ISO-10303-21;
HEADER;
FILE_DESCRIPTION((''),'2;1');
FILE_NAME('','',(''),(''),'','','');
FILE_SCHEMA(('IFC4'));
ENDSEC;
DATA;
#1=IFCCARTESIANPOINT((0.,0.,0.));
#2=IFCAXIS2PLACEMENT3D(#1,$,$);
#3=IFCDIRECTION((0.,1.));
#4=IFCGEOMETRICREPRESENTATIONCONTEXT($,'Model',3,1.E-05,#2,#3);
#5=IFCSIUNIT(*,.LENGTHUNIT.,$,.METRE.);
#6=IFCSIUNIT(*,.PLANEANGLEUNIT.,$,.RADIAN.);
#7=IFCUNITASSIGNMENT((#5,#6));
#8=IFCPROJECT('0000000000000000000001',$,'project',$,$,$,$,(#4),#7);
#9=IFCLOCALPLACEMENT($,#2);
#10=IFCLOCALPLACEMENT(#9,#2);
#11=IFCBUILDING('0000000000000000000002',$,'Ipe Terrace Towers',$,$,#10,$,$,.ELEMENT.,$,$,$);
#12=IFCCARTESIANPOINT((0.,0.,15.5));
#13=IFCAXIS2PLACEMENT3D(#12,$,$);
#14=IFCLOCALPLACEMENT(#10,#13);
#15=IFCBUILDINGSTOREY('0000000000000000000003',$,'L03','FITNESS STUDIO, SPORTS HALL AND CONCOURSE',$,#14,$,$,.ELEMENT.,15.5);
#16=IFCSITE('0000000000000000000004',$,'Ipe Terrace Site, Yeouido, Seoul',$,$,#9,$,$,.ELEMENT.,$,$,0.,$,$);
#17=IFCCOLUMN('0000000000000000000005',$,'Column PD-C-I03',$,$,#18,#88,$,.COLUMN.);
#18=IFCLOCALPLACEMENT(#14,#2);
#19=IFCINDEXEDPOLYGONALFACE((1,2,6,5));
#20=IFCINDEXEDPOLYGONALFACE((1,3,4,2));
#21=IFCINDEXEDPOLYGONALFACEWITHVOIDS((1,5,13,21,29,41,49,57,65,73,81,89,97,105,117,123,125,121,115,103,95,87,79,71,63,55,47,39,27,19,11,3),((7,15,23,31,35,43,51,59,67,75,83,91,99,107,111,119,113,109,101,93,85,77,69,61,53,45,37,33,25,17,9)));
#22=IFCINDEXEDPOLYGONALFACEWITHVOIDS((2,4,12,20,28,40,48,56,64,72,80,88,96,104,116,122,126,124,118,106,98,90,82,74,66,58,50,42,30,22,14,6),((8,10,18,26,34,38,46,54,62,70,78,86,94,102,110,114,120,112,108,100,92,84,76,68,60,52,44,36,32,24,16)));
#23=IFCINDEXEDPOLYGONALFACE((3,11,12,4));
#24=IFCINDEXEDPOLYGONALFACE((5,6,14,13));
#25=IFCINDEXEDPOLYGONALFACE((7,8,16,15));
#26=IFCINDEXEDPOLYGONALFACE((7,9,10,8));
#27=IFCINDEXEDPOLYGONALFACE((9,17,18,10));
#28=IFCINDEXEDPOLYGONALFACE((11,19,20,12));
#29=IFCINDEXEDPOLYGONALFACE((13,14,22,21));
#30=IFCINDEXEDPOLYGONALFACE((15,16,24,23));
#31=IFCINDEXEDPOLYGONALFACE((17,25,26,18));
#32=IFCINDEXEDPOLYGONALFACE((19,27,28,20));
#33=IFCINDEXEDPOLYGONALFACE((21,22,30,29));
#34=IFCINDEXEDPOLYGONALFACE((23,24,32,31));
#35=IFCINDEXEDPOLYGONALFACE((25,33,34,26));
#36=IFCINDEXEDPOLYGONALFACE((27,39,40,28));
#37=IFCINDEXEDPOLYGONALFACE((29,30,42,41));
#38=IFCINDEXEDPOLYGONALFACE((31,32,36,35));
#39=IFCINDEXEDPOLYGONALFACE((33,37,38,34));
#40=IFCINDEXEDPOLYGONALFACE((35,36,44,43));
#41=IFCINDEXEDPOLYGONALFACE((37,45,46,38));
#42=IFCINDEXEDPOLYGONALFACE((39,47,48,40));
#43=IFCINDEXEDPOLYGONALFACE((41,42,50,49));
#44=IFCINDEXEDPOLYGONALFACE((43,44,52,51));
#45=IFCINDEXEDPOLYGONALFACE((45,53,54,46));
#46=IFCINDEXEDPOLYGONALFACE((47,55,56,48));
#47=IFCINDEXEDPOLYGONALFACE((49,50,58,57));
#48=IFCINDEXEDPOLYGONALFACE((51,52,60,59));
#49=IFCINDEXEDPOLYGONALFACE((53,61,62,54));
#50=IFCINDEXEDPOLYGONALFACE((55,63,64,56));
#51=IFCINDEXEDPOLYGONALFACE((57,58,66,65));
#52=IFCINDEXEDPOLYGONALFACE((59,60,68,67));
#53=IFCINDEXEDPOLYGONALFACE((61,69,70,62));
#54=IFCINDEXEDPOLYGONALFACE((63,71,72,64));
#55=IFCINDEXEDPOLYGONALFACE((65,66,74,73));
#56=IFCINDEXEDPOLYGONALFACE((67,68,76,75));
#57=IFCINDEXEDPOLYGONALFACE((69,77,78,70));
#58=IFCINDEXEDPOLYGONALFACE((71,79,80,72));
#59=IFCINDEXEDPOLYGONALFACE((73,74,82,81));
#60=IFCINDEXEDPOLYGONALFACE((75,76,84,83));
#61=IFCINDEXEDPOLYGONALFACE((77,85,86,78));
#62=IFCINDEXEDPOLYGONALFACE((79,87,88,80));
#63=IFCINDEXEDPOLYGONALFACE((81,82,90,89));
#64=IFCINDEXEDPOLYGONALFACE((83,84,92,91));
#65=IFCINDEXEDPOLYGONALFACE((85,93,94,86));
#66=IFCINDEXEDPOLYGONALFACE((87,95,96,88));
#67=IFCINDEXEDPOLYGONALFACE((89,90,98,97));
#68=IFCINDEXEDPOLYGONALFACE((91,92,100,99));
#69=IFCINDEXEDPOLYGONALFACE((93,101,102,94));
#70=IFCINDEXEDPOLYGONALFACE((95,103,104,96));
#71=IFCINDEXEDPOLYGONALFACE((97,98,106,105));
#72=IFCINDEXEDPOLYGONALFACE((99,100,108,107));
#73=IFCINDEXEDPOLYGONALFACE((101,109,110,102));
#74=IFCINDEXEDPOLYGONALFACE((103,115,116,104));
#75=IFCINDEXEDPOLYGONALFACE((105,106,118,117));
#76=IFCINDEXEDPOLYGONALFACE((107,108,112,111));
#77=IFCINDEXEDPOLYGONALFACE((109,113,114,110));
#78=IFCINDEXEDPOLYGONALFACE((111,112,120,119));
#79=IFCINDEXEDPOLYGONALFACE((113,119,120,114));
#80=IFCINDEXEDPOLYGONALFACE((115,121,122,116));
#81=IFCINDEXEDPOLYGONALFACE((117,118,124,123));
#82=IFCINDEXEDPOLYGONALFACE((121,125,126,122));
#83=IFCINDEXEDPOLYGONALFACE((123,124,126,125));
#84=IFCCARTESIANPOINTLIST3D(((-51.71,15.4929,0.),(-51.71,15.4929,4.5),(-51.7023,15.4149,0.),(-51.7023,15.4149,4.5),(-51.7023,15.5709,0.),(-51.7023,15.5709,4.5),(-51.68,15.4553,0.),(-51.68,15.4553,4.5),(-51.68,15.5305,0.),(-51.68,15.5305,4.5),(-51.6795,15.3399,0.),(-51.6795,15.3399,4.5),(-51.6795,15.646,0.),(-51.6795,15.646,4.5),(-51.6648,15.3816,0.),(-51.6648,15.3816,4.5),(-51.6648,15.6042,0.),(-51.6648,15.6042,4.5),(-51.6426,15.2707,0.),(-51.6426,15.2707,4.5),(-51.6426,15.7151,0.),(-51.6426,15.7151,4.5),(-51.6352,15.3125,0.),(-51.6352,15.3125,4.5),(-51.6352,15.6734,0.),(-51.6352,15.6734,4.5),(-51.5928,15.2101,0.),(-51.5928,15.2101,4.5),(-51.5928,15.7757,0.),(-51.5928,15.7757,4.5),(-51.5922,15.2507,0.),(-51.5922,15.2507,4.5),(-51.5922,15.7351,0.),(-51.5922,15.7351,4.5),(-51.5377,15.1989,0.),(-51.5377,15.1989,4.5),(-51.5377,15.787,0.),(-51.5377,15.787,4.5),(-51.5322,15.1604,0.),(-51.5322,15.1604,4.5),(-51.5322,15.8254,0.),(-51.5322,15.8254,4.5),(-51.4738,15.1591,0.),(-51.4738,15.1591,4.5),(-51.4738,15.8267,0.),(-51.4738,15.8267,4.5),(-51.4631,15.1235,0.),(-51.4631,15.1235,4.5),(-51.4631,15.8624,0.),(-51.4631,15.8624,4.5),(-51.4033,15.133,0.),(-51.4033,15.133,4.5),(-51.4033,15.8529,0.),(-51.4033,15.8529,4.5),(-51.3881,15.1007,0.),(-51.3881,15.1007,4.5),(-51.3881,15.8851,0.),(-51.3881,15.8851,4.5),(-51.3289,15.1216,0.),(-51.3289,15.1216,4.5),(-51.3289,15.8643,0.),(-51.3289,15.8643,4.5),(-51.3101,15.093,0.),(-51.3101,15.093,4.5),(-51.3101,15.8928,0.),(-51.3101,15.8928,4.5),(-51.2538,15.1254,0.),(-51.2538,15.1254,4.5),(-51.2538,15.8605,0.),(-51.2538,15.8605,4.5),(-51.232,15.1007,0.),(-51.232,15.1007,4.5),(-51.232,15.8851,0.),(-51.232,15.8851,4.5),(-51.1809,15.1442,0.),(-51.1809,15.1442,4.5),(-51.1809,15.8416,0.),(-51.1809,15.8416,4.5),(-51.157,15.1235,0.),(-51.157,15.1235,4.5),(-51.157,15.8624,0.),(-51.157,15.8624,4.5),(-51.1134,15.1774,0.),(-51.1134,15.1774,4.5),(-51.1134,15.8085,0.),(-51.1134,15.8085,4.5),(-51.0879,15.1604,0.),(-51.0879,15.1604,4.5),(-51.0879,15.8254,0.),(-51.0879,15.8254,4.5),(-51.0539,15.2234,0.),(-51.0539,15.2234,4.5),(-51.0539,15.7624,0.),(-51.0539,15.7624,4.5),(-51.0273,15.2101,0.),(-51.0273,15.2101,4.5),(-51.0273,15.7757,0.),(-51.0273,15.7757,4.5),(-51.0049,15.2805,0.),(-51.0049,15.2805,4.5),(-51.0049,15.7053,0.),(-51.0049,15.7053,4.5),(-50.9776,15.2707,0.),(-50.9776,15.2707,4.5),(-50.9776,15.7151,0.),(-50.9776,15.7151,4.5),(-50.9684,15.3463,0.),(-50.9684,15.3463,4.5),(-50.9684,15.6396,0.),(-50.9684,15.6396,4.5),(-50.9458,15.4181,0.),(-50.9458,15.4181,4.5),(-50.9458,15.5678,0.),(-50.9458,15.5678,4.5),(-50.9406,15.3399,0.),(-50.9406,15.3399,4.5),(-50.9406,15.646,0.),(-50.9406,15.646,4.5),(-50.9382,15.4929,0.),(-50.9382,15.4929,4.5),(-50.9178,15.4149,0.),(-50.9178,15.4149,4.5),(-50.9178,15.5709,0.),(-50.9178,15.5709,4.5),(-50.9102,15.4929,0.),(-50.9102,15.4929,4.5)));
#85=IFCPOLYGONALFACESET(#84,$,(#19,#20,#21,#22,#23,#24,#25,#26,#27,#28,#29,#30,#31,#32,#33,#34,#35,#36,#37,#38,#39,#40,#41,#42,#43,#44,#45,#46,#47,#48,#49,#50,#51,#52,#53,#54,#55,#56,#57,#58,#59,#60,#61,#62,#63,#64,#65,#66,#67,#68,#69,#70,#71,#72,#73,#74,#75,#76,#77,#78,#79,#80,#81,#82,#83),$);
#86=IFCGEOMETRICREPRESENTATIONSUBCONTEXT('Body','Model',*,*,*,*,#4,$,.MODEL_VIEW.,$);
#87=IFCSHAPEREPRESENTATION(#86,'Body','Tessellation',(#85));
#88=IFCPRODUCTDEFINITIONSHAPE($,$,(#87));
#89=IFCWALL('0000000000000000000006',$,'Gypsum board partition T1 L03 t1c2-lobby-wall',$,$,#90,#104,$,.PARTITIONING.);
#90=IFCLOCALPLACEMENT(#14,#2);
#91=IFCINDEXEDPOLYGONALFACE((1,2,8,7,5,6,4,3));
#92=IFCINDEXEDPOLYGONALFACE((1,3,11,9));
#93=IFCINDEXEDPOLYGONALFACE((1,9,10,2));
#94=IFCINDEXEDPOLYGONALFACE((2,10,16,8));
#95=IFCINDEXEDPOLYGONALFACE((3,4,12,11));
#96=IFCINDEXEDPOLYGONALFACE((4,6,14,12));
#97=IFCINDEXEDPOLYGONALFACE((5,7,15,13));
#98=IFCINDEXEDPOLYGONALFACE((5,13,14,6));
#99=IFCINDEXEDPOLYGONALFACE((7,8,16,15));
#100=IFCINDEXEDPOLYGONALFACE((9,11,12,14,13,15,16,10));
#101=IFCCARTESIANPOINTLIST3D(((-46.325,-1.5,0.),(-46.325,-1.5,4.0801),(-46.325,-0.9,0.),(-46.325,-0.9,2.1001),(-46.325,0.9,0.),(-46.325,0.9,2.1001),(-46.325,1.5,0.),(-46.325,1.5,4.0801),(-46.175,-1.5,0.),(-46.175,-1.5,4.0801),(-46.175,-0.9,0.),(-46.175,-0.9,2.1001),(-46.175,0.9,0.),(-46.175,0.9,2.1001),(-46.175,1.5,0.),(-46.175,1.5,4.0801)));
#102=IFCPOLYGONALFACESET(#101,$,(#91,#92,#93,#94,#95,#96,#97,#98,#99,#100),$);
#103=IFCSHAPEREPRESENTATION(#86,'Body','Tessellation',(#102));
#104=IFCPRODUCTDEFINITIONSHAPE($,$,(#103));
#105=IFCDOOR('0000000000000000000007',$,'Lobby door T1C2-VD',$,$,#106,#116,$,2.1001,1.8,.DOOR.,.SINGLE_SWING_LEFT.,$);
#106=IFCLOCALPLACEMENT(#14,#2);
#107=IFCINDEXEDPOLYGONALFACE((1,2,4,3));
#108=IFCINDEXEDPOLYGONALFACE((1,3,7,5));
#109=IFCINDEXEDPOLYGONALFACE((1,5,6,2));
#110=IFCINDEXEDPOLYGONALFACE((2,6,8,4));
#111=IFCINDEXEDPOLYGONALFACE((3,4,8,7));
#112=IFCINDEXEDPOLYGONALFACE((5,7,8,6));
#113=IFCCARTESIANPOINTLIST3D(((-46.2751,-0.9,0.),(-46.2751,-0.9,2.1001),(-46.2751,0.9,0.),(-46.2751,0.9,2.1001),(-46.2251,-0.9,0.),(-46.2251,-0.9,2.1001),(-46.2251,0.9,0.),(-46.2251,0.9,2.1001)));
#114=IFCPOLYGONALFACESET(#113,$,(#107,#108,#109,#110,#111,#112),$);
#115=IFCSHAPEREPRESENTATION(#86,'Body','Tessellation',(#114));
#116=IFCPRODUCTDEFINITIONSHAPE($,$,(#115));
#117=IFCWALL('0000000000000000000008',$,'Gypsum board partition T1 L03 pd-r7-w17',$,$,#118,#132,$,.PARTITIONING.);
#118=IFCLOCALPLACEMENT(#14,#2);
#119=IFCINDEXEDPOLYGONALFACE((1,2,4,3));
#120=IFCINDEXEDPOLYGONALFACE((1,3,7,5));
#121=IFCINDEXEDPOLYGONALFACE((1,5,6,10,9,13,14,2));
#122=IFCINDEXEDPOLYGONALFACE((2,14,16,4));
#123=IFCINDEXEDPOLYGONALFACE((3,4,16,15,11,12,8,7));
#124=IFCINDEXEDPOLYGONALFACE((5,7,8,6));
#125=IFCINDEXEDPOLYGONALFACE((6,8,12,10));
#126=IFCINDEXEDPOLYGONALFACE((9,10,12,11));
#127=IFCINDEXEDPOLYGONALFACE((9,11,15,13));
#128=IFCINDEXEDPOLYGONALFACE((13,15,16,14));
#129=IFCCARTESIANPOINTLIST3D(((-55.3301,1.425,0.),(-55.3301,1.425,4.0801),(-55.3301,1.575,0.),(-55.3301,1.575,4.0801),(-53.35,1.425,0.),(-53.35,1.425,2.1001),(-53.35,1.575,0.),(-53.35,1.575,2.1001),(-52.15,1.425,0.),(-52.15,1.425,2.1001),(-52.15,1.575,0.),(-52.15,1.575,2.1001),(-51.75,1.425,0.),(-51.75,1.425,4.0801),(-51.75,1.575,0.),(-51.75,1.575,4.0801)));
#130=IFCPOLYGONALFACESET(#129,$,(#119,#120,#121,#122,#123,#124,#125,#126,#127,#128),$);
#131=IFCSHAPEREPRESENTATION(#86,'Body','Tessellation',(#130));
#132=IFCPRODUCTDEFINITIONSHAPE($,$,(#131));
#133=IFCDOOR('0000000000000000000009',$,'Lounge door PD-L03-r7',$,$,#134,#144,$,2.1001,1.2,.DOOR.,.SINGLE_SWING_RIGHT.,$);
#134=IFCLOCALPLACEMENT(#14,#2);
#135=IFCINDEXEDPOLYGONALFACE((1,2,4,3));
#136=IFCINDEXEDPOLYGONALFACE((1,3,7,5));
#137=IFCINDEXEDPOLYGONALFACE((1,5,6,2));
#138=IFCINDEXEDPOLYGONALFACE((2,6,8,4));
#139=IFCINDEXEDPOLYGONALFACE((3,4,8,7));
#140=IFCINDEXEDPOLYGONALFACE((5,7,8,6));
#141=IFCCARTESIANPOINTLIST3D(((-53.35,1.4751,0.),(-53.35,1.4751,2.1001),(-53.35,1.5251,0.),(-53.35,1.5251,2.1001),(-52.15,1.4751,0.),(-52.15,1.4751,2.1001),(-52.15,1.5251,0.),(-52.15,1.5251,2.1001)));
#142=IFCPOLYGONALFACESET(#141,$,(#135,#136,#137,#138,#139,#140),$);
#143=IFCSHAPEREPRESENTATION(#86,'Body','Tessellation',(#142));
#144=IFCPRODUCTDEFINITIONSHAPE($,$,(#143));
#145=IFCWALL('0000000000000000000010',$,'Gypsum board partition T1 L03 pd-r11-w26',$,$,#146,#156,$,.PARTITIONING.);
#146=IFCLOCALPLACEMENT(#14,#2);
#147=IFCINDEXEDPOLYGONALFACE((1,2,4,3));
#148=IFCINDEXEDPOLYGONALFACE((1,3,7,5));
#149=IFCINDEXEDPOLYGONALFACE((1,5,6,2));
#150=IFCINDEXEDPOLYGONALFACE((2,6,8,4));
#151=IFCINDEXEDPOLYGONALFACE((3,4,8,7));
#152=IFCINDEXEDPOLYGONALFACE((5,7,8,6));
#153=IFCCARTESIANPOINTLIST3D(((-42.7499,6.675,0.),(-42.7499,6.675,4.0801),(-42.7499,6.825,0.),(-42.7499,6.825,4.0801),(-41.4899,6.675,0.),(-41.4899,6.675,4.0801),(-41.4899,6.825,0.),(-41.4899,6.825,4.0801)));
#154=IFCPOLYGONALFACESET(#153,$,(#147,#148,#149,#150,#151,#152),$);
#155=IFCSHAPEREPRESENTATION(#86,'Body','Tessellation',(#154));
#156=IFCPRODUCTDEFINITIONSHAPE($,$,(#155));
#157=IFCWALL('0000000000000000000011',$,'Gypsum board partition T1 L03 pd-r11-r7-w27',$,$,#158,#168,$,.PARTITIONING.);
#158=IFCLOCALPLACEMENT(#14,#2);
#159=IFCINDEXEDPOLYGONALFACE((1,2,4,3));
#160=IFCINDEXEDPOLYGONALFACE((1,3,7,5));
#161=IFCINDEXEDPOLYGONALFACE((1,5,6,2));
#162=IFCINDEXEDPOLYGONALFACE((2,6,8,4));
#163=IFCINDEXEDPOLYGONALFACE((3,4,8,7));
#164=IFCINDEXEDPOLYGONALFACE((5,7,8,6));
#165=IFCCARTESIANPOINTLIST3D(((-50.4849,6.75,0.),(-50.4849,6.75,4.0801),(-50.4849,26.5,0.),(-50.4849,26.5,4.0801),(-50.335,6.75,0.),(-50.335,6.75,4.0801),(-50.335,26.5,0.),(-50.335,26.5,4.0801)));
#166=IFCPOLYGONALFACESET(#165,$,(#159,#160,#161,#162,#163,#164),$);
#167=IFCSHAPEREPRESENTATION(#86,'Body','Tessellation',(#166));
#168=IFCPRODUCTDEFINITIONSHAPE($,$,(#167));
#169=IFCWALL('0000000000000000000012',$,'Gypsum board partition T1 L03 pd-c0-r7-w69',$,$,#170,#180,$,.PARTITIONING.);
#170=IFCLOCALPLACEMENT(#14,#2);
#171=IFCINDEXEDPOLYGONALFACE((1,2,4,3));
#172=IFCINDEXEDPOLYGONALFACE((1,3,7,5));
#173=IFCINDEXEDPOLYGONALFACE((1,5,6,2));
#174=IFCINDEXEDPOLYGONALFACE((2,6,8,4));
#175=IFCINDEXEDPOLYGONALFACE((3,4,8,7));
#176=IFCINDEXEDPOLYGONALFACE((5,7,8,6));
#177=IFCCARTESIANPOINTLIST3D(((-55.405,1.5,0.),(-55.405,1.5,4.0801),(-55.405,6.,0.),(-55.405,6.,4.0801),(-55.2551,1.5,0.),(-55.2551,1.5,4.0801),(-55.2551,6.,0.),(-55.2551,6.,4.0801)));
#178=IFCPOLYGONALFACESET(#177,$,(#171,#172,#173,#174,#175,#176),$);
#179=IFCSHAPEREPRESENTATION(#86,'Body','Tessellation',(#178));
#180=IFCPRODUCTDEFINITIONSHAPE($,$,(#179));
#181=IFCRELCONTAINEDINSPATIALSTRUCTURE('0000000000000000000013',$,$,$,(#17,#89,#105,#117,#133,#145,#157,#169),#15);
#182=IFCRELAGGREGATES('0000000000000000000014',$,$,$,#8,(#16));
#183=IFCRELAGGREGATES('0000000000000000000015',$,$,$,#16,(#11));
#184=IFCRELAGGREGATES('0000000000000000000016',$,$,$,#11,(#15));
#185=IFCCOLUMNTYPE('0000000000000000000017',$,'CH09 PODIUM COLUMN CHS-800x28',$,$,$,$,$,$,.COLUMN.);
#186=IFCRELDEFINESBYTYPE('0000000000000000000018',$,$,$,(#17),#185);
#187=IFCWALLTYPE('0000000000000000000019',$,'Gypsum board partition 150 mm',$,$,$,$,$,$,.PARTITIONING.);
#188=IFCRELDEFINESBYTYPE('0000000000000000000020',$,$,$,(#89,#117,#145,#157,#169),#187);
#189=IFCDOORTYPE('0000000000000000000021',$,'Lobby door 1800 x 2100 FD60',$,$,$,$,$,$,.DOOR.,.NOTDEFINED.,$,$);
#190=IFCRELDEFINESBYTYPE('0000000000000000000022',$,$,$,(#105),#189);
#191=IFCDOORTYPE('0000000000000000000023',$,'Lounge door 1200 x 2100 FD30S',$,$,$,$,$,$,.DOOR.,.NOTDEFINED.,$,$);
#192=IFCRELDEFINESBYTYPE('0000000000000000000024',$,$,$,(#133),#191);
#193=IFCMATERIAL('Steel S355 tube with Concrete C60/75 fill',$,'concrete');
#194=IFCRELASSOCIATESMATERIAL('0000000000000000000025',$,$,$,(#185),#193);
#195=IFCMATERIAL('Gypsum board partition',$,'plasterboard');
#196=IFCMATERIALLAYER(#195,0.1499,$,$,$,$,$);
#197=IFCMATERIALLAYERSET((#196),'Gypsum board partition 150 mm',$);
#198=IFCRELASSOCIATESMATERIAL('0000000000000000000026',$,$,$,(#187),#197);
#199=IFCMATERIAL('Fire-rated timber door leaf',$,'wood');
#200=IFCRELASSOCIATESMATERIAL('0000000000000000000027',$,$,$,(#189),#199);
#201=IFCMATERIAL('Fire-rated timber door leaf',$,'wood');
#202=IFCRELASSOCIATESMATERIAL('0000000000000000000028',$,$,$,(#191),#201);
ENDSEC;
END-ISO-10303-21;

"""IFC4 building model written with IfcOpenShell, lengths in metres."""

from ifc_helpers import new_model, si_unit, direction, frame, frame_2d, origin, origin_2d, place, context, subcontext, project, spatial, rectangle, hollow_circle, extrude, material, layer, layer_set, material_profile, profile_set, type_object, element, fill, save


model = new_model("IFC4")

# Units and contexts
model_context = context("Model", 3, precision=1e-05, world=origin(), true_north=direction((0.0, 1.0)))
body_context = subcontext(model_context, "Body", "Model", "MODEL_VIEW")
ifc_project = project(units=[si_unit("LENGTHUNIT", "METRE"), si_unit("PLANEANGLEUNIT", "RADIAN")], contexts=[model_context])

# Site, building, storey
site_placement = place(None, origin())
site = spatial("IfcSite", under=ifc_project, at=site_placement, Name="Ipe Terrace Site, Yeouido, Seoul", CompositionType="ELEMENT", RefElevation=0.0)
building_placement = place(site_placement, origin())
building = spatial("IfcBuilding", under=site, at=building_placement, Name="Ipe Terrace Towers", CompositionType="ELEMENT")
storey_placement = place(building_placement, frame((0.0, 0.0, 15.5)))
storey = spatial("IfcBuildingStorey", under=building, at=storey_placement, Name="L03", Description="FITNESS STUDIO, SPORTS HALL AND CONCOURSE", CompositionType="ELEMENT", Elevation=15.5)

# Column
ifc_material_1 = material(Name="Steel S355 tube with Concrete C60/75 fill", Category="concrete")
ifc_material_profile_1 = material_profile(ifc_material_1, hollow_circle(Radius=0.3999, WallThickness=0.0281, at=origin_2d()), Name="CHS-800x28")
ifc_profile_set_1 = profile_set([ifc_material_profile_1], Name="Steel S355 tube with Concrete C60/75 fill")
column_type_1 = type_object("IfcColumnType", Name="CH09 PODIUM COLUMN CHS-800x28", PredefinedType="COLUMN", material=ifc_profile_set_1)
column_1_placement = place(storey_placement, frame((-51.3101, 15.4929, 0.0), z_axis=(0.0, 0.0, 1.0), x_axis=(1.0, 0.0, 0.0)))
element("IfcColumn", 1, at=column_1_placement, inside=storey, type_object=column_type_1, Name="Column PD-C-I03", PredefinedType="COLUMN", context=body_context, shape_type="SweptSolid", body=[
    extrude(hollow_circle(Radius=0.3999, WallThickness=0.0281, at=origin_2d()), origin(), (0.0, 0.0, 1.0), 4.5),
])

# Walls, openings, doors
ifc_material_2 = material(Name="Gypsum board partition", Category="plasterboard")
ifc_layer_1 = layer(ifc_material_2, 0.1499)
ifc_layer_set_1 = layer_set([ifc_layer_1], Name="Gypsum board partition 150 mm")
wall_type_1 = type_object("IfcWallType", Name="Gypsum board partition 150 mm", PredefinedType="PARTITIONING", material=ifc_layer_set_1)
wall_1_placement = place(storey_placement, frame((-46.25, 1.5, 0.0), z_axis=(0.0, 0.0, 1.0), x_axis=(0.0, -1.0, 0.0)))
wall_1 = element("IfcWall", 2, at=wall_1_placement, inside=storey, type_object=wall_type_1, Name="Gypsum board partition T1 L03 t1c2-lobby-wall", PredefinedType="PARTITIONING", context=body_context, shape_type="SweptSolid", body=[
    extrude(rectangle(XDim=3.0, YDim=0.1499, at=frame_2d((1.5, 0.0))), origin(), (0.0, 0.0, 1.0), 4.0801),
])
opening_1_placement = place(wall_1_placement, frame((0.6001, 0.0, 0.0)))
opening_1 = element("IfcOpeningElement", 3, at=opening_1_placement, cuts=wall_1, PredefinedType="OPENING", context=body_context, shape_type="SweptSolid", body=[
    extrude(rectangle(XDim=1.8, YDim=2.1001, at=frame_2d((0.8999, 1.05))), frame((0.0, 0.085, 0.0), z_axis=(0.0, -1.0, 0.0), x_axis=(1.0, 0.0, 0.0)), (0.0, 0.0, 1.0), 0.1699),
])
ifc_material_3 = material(Name="Fire-rated timber door leaf", Category="wood")
door_type_1 = type_object("IfcDoorType", Name="Lobby door 1800 x 2100 FD60", OperationType="NOTDEFINED", PredefinedType="DOOR", material=ifc_material_3)
door_1_placement = place(opening_1_placement, origin())
door_1 = element("IfcDoor", 4, at=door_1_placement, inside=storey, type_object=door_type_1, Name="Lobby door T1C2-VD", OperationType="SINGLE_SWING_LEFT", OverallHeight=2.1001, OverallWidth=1.8, PredefinedType="DOOR", context=body_context, shape_type="SweptSolid", body=[
    extrude(rectangle(XDim=1.8, YDim=2.1001, at=frame_2d((0.8999, 1.05))), frame((0.0, 0.0249, 0.0), z_axis=(0.0, -1.0, 0.0), x_axis=(1.0, 0.0, 0.0)), (0.0, 0.0, 1.0), 0.05),
])
fill(opening_1, door_1)
wall_2_placement = place(storey_placement, frame((-51.75, 1.5, 0.0), z_axis=(0.0, 0.0, 1.0), x_axis=(-1.0, 0.0, 0.0)))
wall_2 = element("IfcWall", 5, at=wall_2_placement, inside=storey, type_object=wall_type_1, Name="Gypsum board partition T1 L03 pd-r7-w17", PredefinedType="PARTITIONING", context=body_context, shape_type="SweptSolid", body=[
    extrude(rectangle(XDim=3.5801, YDim=0.1499, at=frame_2d((1.79, 0.0))), origin(), (0.0, 0.0, 1.0), 4.0801),
])
opening_2_placement = place(wall_2_placement, frame((0.3999, 0.0, 0.0)))
opening_2 = element("IfcOpeningElement", 6, at=opening_2_placement, cuts=wall_2, PredefinedType="OPENING", context=body_context, shape_type="SweptSolid", body=[
    extrude(rectangle(XDim=1.2, YDim=2.1001, at=frame_2d((0.6001, 1.05))), frame((0.0, 0.085, 0.0), z_axis=(0.0, -1.0, 0.0), x_axis=(1.0, 0.0, 0.0)), (0.0, 0.0, 1.0), 0.1699),
])
ifc_material_4 = material(Name="Fire-rated timber door leaf", Category="wood")
door_type_2 = type_object("IfcDoorType", Name="Lounge door 1200 x 2100 FD30S", OperationType="NOTDEFINED", PredefinedType="DOOR", material=ifc_material_4)
door_2_placement = place(opening_2_placement, origin())
door_2 = element("IfcDoor", 7, at=door_2_placement, inside=storey, type_object=door_type_2, Name="Lounge door PD-L03-r7", OperationType="SINGLE_SWING_RIGHT", OverallHeight=2.1001, OverallWidth=1.2, PredefinedType="DOOR", context=body_context, shape_type="SweptSolid", body=[
    extrude(rectangle(XDim=1.2, YDim=2.1001, at=frame_2d((0.6001, 1.05))), frame((0.0, 0.0249, 0.0), z_axis=(0.0, -1.0, 0.0), x_axis=(1.0, 0.0, 0.0)), (0.0, 0.0, 1.0), 0.05),
])
fill(opening_2, door_2)

# Walls
wall_3_placement = place(storey_placement, frame((-41.49, 6.75, 0.0), z_axis=(0.0, 0.0, 1.0), x_axis=(-1.0, 0.0, 0.0)))
element("IfcWall", 8, at=wall_3_placement, inside=storey, type_object=wall_type_1, Name="Gypsum board partition T1 L03 pd-r11-w26", PredefinedType="PARTITIONING", context=body_context, shape_type="SweptSolid", body=[
    extrude(rectangle(XDim=1.26, YDim=0.1499, at=frame_2d((0.6299, 0.0))), origin(), (0.0, 0.0, 1.0), 4.0801),
])
wall_4_placement = place(storey_placement, frame((-50.4099, 6.75, 0.0), z_axis=(0.0, 0.0, 1.0), x_axis=(0.0, 1.0, 0.0)))
element("IfcWall", 9, at=wall_4_placement, inside=storey, type_object=wall_type_1, Name="Gypsum board partition T1 L03 pd-r11-r7-w27", PredefinedType="PARTITIONING", context=body_context, shape_type="SweptSolid", body=[
    extrude(rectangle(XDim=19.75, YDim=0.1499, at=frame_2d((9.875, 0.0))), origin(), (0.0, 0.0, 1.0), 4.0801),
])
wall_5_placement = place(storey_placement, frame((-55.3301, 1.5, 0.0), z_axis=(0.0, 0.0, 1.0), x_axis=(0.0, 1.0, 0.0)))
element("IfcWall", 10, at=wall_5_placement, inside=storey, type_object=wall_type_1, Name="Gypsum board partition T1 L03 pd-c0-r7-w69", PredefinedType="PARTITIONING", context=body_context, shape_type="SweptSolid", body=[
    extrude(rectangle(XDim=4.5, YDim=0.1499, at=frame_2d((2.25, 0.0))), origin(), (0.0, 0.0, 1.0), 4.0801),
])

save(model, "model.ifc")
